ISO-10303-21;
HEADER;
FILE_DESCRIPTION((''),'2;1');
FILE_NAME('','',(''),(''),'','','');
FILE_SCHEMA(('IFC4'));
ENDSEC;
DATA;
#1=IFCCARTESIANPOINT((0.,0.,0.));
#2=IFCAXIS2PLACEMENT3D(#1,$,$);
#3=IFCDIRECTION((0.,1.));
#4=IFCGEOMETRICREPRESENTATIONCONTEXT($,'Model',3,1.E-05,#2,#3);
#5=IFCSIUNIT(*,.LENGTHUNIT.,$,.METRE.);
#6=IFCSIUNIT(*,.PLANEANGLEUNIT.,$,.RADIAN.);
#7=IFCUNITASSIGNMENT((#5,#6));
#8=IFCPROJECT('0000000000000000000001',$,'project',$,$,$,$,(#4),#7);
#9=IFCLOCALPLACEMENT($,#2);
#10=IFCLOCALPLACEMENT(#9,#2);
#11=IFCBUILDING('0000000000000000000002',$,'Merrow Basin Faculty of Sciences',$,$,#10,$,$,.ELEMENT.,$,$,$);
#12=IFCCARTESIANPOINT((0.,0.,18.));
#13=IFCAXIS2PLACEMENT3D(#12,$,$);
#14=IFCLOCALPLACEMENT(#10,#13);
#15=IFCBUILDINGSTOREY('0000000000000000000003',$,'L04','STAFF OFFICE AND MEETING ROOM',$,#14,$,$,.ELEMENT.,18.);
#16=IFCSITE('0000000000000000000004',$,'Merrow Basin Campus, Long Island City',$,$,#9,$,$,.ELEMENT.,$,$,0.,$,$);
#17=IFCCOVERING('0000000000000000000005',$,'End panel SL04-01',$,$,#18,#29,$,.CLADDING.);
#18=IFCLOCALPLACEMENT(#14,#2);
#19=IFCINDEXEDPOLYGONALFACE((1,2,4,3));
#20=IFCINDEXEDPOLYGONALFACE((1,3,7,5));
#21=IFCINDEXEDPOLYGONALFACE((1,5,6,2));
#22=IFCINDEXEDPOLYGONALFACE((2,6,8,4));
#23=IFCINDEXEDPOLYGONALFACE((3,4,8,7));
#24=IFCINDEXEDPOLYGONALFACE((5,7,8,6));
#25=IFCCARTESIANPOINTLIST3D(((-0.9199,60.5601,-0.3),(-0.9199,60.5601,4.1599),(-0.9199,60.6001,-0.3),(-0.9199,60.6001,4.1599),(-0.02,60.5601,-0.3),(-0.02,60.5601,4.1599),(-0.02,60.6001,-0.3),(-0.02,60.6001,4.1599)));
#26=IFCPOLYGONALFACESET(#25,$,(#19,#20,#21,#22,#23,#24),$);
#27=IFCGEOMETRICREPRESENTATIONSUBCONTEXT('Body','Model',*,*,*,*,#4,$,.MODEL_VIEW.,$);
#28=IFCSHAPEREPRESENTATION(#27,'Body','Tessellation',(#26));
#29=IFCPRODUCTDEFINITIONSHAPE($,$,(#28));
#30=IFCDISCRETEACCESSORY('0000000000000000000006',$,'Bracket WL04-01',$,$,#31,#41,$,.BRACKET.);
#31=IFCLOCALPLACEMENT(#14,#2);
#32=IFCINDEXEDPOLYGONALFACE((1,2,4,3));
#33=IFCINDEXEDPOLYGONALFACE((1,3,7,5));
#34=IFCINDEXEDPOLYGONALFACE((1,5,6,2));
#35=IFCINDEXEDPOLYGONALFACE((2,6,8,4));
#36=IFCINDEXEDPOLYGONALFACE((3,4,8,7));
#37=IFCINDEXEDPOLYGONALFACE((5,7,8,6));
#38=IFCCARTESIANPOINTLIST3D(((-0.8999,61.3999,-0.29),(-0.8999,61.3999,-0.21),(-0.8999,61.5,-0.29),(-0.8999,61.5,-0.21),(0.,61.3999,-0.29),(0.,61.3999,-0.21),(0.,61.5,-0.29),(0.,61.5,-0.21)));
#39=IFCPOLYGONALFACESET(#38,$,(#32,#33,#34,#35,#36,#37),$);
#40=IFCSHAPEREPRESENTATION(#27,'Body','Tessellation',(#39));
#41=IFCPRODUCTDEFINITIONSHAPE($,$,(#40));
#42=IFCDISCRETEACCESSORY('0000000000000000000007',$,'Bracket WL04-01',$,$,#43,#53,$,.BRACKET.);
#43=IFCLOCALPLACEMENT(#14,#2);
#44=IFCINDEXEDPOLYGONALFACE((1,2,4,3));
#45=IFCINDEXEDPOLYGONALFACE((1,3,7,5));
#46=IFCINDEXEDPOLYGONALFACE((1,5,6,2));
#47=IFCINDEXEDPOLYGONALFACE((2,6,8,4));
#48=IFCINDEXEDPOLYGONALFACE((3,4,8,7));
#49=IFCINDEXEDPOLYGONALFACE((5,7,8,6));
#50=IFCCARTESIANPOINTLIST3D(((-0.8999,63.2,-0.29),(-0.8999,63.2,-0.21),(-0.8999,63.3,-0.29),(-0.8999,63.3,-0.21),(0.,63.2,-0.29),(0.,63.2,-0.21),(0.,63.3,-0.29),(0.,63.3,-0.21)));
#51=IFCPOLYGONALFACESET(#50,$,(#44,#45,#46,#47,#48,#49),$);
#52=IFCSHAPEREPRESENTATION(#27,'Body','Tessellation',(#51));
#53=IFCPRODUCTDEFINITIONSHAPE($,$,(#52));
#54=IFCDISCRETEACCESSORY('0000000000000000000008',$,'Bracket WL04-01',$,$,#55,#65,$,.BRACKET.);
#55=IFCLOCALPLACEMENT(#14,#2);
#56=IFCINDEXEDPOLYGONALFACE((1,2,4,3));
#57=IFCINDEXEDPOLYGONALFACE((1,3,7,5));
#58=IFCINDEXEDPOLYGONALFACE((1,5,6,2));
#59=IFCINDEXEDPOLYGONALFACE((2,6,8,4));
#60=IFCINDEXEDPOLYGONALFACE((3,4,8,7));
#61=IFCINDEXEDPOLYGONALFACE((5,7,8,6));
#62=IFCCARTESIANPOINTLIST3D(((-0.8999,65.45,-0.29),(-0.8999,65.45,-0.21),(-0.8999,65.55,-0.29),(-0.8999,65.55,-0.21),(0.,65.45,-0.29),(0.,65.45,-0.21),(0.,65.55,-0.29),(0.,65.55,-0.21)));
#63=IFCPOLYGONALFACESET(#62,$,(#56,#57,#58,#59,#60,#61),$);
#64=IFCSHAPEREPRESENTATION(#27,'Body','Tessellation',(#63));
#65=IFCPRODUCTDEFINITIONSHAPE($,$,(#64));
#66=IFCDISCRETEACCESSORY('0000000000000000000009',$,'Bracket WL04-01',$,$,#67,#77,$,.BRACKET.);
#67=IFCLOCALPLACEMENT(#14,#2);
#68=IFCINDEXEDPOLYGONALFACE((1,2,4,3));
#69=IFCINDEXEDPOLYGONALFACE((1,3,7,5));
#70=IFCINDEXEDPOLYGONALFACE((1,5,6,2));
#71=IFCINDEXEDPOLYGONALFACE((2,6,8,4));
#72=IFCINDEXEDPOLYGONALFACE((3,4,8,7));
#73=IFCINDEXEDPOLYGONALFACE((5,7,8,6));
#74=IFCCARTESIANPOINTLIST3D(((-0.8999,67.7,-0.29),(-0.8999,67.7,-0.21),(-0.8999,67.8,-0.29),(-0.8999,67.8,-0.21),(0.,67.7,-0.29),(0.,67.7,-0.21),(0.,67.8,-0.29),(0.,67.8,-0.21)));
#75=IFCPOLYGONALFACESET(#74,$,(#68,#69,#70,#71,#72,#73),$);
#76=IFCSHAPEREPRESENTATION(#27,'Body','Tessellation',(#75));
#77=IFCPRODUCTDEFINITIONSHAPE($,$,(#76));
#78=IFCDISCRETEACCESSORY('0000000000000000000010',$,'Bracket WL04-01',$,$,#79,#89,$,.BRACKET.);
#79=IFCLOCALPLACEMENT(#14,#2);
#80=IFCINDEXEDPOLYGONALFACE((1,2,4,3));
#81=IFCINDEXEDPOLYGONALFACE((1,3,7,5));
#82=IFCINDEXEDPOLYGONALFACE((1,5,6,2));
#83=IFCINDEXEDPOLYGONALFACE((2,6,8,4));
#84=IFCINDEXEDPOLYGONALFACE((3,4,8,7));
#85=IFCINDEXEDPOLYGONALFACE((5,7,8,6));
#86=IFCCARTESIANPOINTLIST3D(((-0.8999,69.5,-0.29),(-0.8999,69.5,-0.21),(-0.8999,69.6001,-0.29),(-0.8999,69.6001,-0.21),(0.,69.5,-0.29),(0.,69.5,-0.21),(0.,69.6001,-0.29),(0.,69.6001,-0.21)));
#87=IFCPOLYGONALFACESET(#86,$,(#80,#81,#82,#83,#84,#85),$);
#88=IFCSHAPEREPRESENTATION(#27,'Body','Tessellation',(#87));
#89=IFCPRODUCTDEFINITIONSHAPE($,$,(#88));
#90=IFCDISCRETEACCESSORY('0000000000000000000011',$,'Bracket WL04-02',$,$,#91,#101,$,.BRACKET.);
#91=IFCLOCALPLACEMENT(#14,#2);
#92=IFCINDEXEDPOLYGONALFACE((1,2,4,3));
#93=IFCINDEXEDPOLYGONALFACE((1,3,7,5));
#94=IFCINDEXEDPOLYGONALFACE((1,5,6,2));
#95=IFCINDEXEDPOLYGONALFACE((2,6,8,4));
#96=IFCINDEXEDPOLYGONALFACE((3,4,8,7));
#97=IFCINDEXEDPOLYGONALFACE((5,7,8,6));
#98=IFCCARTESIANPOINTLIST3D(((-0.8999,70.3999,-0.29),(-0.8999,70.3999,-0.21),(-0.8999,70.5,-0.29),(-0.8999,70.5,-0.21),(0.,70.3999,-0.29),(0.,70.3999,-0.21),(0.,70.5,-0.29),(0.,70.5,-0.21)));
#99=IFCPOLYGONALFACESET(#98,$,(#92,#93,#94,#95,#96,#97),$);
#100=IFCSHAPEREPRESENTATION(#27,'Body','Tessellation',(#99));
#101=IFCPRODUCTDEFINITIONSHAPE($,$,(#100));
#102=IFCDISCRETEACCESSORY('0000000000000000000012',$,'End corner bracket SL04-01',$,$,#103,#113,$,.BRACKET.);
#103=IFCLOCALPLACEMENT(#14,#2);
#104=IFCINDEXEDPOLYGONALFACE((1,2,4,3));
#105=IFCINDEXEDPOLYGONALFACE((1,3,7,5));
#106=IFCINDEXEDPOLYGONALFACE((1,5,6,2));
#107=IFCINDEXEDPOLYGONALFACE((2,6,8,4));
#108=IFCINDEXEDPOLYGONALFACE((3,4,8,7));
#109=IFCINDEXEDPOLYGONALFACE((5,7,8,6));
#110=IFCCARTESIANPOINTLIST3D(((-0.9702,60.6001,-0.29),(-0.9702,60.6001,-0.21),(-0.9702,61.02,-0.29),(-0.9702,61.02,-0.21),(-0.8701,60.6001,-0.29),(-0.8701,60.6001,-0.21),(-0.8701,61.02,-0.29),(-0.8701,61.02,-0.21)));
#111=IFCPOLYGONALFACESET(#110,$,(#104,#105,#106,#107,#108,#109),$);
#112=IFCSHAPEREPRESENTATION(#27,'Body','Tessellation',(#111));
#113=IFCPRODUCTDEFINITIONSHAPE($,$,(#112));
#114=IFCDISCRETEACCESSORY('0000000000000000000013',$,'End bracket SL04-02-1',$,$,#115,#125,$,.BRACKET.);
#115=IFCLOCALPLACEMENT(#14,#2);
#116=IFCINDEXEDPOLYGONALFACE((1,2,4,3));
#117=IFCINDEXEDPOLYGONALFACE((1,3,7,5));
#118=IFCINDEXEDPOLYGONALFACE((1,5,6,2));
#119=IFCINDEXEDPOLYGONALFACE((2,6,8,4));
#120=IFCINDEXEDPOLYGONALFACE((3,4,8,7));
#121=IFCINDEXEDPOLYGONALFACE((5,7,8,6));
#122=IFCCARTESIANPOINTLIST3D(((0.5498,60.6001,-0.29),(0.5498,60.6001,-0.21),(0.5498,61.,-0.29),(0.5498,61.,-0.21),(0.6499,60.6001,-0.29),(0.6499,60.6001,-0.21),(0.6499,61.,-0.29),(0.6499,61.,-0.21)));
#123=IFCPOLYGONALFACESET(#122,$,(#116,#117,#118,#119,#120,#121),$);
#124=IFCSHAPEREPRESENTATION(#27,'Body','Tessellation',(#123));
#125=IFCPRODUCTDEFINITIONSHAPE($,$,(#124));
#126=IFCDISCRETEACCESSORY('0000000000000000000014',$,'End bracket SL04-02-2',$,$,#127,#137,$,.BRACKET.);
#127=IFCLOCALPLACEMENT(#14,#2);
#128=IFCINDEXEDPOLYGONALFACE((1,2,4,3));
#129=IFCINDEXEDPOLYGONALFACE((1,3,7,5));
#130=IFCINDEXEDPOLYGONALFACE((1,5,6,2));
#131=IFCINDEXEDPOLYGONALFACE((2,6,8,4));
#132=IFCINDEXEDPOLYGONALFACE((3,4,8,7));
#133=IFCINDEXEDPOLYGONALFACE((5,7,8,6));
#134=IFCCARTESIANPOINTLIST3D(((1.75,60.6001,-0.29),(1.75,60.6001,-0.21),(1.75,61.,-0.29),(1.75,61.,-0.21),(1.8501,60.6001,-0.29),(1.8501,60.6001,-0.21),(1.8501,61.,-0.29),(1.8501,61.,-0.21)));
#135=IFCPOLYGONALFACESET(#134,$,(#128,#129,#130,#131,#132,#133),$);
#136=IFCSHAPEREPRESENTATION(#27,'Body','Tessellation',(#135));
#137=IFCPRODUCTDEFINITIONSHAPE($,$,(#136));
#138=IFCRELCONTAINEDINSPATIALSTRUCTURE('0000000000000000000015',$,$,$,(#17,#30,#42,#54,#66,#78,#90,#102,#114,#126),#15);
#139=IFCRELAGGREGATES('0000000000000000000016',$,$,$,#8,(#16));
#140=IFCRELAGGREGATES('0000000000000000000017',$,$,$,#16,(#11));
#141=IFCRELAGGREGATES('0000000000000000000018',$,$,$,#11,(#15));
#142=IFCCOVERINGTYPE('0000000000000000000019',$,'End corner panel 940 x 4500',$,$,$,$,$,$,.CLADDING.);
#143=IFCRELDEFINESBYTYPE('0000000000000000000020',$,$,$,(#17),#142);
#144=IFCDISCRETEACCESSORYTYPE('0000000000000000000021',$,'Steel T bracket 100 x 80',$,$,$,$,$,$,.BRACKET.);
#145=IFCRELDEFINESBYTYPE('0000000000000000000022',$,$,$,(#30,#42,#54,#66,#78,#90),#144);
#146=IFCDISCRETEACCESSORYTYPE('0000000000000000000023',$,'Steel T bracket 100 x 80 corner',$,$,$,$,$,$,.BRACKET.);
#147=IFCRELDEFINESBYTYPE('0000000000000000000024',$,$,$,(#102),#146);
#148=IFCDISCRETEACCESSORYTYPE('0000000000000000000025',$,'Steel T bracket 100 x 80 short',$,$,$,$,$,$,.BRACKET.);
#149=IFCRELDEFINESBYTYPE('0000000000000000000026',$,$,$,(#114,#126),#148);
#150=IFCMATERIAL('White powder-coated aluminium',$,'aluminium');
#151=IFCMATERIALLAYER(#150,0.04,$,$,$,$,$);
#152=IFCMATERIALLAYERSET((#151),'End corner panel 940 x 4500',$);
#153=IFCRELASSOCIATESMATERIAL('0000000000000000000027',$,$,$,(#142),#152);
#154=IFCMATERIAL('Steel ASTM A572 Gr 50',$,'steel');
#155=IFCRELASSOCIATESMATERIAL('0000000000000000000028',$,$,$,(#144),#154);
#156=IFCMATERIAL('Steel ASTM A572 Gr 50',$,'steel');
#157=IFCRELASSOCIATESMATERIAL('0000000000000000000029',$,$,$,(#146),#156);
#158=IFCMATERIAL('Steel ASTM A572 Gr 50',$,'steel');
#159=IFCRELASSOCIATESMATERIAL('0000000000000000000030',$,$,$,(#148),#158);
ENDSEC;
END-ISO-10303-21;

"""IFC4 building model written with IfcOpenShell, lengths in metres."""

from ifc_helpers import new_model, si_unit, direction, frame, origin, place, context, subcontext, project, spatial, polyline, outline, extrude, source, transform, mapped, material, layer, layer_set, type_object, element, save


model = new_model("IFC4")

# Units and contexts
model_context = context("Model", 3, precision=1e-05, world=origin(), true_north=direction((0.0, 1.0)))
body_context = subcontext(model_context, "Body", "Model", "MODEL_VIEW")
ifc_project = project(units=[si_unit("LENGTHUNIT", "METRE"), si_unit("PLANEANGLEUNIT", "RADIAN")], contexts=[model_context])

# Site, building, storey
site_placement = place(None, origin())
site = spatial("IfcSite", under=ifc_project, at=site_placement, Name="Merrow Basin Campus, Long Island City", CompositionType="ELEMENT", RefElevation=0.0)
building_placement = place(site_placement, origin())
building = spatial("IfcBuilding", under=site, at=building_placement, Name="Merrow Basin Faculty of Sciences", CompositionType="ELEMENT")
storey_placement = place(building_placement, frame((0.0, 0.0, 18.0)))
storey = spatial("IfcBuildingStorey", under=building, at=storey_placement, Name="L04", Description="STAFF OFFICE AND MEETING ROOM", CompositionType="ELEMENT", Elevation=18.0)

# Covering
ifc_material_1 = material(Name="White powder-coated aluminium", Category="aluminium")
ifc_layer_1 = layer(ifc_material_1, 0.04)
ifc_layer_set_1 = layer_set([ifc_layer_1], Name="End corner panel 940 x 4500")
covering_type_1 = type_object("IfcCoveringType", Name="End corner panel 940 x 4500", PredefinedType="CLADDING", material=ifc_layer_set_1)
shared_shape_1 = source(origin(), body_context, "Body", "SweptSolid", [
    extrude(outline(polyline([(0.02, 0.02), (0.9199, 0.02), (0.9199, 4.48), (0.02, 4.48), (0.02, 0.02)])), origin(), (0.0, 0.0, 1.0), 0.04),
])
covering_1_placement = place(storey_placement, frame((0.0, 60.5601, -0.3201), z_axis=(0.0, 1.0, 0.0), x_axis=(-1.0, 0.0, 0.0)))
element("IfcCovering", 1, at=covering_1_placement, inside=storey, type_object=covering_type_1, Name="End panel SL04-01", PredefinedType="CLADDING", context=body_context, shape_type="MappedRepresentation", body=[
    mapped(shared_shape_1, transform((0.0, 0.0, 0.0), scale=1.0)),
])

# Discrete accessories
ifc_material_2 = material(Name="Steel ASTM A572 Gr 50", Category="steel")
discrete_accessory_type_1 = type_object("IfcDiscreteAccessoryType", Name="Steel T bracket 100 x 80", PredefinedType="BRACKET", material=ifc_material_2)
shared_shape_2 = source(origin(), body_context, "Body", "SweptSolid", [
    extrude(outline(polyline([(0.0, 0.0), (0.1001, 0.0), (0.1001, 0.0801), (0.0, 0.0801), (0.0, 0.0)])), origin(), (0.0, 0.0, 1.0), 0.8999),
])
for number, where, z_axis, x_axis, name in (
    (2, (-0.8999, 61.3999, -0.29), (1.0, 0.0, 0.0), (0.0, 1.0, 0.0), "Bracket WL04-01"),
    (3, (-0.8999, 63.2, -0.29), (1.0, 0.0, 0.0), (0.0, 1.0, 0.0), "Bracket WL04-01"),
    (4, (-0.8999, 65.45, -0.29), (1.0, 0.0, 0.0), (0.0, 1.0, 0.0), "Bracket WL04-01"),
    (5, (-0.8999, 67.7, -0.29), (1.0, 0.0, 0.0), (0.0, 1.0, 0.0), "Bracket WL04-01"),
    (6, (-0.8999, 69.5, -0.29), (1.0, 0.0, 0.0), (0.0, 1.0, 0.0), "Bracket WL04-01"),
    (7, (-0.8999, 70.3999, -0.29), (1.0, 0.0, 0.0), (0.0, 1.0, 0.0), "Bracket WL04-02"),
):
    element("IfcDiscreteAccessory", number, at=place(storey_placement, frame(where, z_axis=z_axis, x_axis=x_axis)), inside=storey, type_object=discrete_accessory_type_1, Name=name, PredefinedType="BRACKET", context=body_context, shape_type="MappedRepresentation", body=[
        mapped(shared_shape_2, transform((0.0, 0.0, 0.0), scale=1.0)),
    ])
ifc_material_3 = material(Name="Steel ASTM A572 Gr 50", Category="steel")
discrete_accessory_type_2 = type_object("IfcDiscreteAccessoryType", Name="Steel T bracket 100 x 80 corner", PredefinedType="BRACKET", material=ifc_material_3)
shared_shape_3 = source(origin(), body_context, "Body", "SweptSolid", [
    extrude(outline(polyline([(0.0, 0.0), (0.1001, 0.0), (0.1001, 0.0801), (0.0, 0.0801), (0.0, 0.0)])), origin(), (0.0, 0.0, 1.0), 0.4199),
])
discrete_accessory_placement = place(storey_placement, frame((-0.8701, 60.6001, -0.29), z_axis=(0.0, 1.0, 0.0), x_axis=(-1.0, 0.0, 0.0)))
element("IfcDiscreteAccessory", 8, at=discrete_accessory_placement, inside=storey, type_object=discrete_accessory_type_2, Name="End corner bracket SL04-01", PredefinedType="BRACKET", context=body_context, shape_type="MappedRepresentation", body=[
    mapped(shared_shape_3, transform((0.0, 0.0, 0.0), scale=1.0)),
])
ifc_material_4 = material(Name="Steel ASTM A572 Gr 50", Category="steel")
discrete_accessory_type_3 = type_object("IfcDiscreteAccessoryType", Name="Steel T bracket 100 x 80 short", PredefinedType="BRACKET", material=ifc_material_4)
shared_shape_4 = source(origin(), body_context, "Body", "SweptSolid", [
    extrude(outline(polyline([(0.0, 0.0), (0.1001, 0.0), (0.1001, 0.0801), (0.0, 0.0801), (0.0, 0.0)])), origin(), (0.0, 0.0, 1.0), 0.3999),
])
for number, where, z_axis, x_axis, name in (
    (9, (0.6499, 60.6001, -0.29), (0.0, 1.0, 0.0), (-1.0, 0.0, 0.0), "End bracket SL04-02-1"),
    (10, (1.8501, 60.6001, -0.29), (0.0, 1.0, 0.0), (-1.0, 0.0, 0.0), "End bracket SL04-02-2"),
):
    element("IfcDiscreteAccessory", number, at=place(storey_placement, frame(where, z_axis=z_axis, x_axis=x_axis)), inside=storey, type_object=discrete_accessory_type_3, Name=name, PredefinedType="BRACKET", context=body_context, shape_type="MappedRepresentation", body=[
        mapped(shared_shape_4, transform((0.0, 0.0, 0.0), scale=1.0)),
    ])

save(model, "model.ifc")
